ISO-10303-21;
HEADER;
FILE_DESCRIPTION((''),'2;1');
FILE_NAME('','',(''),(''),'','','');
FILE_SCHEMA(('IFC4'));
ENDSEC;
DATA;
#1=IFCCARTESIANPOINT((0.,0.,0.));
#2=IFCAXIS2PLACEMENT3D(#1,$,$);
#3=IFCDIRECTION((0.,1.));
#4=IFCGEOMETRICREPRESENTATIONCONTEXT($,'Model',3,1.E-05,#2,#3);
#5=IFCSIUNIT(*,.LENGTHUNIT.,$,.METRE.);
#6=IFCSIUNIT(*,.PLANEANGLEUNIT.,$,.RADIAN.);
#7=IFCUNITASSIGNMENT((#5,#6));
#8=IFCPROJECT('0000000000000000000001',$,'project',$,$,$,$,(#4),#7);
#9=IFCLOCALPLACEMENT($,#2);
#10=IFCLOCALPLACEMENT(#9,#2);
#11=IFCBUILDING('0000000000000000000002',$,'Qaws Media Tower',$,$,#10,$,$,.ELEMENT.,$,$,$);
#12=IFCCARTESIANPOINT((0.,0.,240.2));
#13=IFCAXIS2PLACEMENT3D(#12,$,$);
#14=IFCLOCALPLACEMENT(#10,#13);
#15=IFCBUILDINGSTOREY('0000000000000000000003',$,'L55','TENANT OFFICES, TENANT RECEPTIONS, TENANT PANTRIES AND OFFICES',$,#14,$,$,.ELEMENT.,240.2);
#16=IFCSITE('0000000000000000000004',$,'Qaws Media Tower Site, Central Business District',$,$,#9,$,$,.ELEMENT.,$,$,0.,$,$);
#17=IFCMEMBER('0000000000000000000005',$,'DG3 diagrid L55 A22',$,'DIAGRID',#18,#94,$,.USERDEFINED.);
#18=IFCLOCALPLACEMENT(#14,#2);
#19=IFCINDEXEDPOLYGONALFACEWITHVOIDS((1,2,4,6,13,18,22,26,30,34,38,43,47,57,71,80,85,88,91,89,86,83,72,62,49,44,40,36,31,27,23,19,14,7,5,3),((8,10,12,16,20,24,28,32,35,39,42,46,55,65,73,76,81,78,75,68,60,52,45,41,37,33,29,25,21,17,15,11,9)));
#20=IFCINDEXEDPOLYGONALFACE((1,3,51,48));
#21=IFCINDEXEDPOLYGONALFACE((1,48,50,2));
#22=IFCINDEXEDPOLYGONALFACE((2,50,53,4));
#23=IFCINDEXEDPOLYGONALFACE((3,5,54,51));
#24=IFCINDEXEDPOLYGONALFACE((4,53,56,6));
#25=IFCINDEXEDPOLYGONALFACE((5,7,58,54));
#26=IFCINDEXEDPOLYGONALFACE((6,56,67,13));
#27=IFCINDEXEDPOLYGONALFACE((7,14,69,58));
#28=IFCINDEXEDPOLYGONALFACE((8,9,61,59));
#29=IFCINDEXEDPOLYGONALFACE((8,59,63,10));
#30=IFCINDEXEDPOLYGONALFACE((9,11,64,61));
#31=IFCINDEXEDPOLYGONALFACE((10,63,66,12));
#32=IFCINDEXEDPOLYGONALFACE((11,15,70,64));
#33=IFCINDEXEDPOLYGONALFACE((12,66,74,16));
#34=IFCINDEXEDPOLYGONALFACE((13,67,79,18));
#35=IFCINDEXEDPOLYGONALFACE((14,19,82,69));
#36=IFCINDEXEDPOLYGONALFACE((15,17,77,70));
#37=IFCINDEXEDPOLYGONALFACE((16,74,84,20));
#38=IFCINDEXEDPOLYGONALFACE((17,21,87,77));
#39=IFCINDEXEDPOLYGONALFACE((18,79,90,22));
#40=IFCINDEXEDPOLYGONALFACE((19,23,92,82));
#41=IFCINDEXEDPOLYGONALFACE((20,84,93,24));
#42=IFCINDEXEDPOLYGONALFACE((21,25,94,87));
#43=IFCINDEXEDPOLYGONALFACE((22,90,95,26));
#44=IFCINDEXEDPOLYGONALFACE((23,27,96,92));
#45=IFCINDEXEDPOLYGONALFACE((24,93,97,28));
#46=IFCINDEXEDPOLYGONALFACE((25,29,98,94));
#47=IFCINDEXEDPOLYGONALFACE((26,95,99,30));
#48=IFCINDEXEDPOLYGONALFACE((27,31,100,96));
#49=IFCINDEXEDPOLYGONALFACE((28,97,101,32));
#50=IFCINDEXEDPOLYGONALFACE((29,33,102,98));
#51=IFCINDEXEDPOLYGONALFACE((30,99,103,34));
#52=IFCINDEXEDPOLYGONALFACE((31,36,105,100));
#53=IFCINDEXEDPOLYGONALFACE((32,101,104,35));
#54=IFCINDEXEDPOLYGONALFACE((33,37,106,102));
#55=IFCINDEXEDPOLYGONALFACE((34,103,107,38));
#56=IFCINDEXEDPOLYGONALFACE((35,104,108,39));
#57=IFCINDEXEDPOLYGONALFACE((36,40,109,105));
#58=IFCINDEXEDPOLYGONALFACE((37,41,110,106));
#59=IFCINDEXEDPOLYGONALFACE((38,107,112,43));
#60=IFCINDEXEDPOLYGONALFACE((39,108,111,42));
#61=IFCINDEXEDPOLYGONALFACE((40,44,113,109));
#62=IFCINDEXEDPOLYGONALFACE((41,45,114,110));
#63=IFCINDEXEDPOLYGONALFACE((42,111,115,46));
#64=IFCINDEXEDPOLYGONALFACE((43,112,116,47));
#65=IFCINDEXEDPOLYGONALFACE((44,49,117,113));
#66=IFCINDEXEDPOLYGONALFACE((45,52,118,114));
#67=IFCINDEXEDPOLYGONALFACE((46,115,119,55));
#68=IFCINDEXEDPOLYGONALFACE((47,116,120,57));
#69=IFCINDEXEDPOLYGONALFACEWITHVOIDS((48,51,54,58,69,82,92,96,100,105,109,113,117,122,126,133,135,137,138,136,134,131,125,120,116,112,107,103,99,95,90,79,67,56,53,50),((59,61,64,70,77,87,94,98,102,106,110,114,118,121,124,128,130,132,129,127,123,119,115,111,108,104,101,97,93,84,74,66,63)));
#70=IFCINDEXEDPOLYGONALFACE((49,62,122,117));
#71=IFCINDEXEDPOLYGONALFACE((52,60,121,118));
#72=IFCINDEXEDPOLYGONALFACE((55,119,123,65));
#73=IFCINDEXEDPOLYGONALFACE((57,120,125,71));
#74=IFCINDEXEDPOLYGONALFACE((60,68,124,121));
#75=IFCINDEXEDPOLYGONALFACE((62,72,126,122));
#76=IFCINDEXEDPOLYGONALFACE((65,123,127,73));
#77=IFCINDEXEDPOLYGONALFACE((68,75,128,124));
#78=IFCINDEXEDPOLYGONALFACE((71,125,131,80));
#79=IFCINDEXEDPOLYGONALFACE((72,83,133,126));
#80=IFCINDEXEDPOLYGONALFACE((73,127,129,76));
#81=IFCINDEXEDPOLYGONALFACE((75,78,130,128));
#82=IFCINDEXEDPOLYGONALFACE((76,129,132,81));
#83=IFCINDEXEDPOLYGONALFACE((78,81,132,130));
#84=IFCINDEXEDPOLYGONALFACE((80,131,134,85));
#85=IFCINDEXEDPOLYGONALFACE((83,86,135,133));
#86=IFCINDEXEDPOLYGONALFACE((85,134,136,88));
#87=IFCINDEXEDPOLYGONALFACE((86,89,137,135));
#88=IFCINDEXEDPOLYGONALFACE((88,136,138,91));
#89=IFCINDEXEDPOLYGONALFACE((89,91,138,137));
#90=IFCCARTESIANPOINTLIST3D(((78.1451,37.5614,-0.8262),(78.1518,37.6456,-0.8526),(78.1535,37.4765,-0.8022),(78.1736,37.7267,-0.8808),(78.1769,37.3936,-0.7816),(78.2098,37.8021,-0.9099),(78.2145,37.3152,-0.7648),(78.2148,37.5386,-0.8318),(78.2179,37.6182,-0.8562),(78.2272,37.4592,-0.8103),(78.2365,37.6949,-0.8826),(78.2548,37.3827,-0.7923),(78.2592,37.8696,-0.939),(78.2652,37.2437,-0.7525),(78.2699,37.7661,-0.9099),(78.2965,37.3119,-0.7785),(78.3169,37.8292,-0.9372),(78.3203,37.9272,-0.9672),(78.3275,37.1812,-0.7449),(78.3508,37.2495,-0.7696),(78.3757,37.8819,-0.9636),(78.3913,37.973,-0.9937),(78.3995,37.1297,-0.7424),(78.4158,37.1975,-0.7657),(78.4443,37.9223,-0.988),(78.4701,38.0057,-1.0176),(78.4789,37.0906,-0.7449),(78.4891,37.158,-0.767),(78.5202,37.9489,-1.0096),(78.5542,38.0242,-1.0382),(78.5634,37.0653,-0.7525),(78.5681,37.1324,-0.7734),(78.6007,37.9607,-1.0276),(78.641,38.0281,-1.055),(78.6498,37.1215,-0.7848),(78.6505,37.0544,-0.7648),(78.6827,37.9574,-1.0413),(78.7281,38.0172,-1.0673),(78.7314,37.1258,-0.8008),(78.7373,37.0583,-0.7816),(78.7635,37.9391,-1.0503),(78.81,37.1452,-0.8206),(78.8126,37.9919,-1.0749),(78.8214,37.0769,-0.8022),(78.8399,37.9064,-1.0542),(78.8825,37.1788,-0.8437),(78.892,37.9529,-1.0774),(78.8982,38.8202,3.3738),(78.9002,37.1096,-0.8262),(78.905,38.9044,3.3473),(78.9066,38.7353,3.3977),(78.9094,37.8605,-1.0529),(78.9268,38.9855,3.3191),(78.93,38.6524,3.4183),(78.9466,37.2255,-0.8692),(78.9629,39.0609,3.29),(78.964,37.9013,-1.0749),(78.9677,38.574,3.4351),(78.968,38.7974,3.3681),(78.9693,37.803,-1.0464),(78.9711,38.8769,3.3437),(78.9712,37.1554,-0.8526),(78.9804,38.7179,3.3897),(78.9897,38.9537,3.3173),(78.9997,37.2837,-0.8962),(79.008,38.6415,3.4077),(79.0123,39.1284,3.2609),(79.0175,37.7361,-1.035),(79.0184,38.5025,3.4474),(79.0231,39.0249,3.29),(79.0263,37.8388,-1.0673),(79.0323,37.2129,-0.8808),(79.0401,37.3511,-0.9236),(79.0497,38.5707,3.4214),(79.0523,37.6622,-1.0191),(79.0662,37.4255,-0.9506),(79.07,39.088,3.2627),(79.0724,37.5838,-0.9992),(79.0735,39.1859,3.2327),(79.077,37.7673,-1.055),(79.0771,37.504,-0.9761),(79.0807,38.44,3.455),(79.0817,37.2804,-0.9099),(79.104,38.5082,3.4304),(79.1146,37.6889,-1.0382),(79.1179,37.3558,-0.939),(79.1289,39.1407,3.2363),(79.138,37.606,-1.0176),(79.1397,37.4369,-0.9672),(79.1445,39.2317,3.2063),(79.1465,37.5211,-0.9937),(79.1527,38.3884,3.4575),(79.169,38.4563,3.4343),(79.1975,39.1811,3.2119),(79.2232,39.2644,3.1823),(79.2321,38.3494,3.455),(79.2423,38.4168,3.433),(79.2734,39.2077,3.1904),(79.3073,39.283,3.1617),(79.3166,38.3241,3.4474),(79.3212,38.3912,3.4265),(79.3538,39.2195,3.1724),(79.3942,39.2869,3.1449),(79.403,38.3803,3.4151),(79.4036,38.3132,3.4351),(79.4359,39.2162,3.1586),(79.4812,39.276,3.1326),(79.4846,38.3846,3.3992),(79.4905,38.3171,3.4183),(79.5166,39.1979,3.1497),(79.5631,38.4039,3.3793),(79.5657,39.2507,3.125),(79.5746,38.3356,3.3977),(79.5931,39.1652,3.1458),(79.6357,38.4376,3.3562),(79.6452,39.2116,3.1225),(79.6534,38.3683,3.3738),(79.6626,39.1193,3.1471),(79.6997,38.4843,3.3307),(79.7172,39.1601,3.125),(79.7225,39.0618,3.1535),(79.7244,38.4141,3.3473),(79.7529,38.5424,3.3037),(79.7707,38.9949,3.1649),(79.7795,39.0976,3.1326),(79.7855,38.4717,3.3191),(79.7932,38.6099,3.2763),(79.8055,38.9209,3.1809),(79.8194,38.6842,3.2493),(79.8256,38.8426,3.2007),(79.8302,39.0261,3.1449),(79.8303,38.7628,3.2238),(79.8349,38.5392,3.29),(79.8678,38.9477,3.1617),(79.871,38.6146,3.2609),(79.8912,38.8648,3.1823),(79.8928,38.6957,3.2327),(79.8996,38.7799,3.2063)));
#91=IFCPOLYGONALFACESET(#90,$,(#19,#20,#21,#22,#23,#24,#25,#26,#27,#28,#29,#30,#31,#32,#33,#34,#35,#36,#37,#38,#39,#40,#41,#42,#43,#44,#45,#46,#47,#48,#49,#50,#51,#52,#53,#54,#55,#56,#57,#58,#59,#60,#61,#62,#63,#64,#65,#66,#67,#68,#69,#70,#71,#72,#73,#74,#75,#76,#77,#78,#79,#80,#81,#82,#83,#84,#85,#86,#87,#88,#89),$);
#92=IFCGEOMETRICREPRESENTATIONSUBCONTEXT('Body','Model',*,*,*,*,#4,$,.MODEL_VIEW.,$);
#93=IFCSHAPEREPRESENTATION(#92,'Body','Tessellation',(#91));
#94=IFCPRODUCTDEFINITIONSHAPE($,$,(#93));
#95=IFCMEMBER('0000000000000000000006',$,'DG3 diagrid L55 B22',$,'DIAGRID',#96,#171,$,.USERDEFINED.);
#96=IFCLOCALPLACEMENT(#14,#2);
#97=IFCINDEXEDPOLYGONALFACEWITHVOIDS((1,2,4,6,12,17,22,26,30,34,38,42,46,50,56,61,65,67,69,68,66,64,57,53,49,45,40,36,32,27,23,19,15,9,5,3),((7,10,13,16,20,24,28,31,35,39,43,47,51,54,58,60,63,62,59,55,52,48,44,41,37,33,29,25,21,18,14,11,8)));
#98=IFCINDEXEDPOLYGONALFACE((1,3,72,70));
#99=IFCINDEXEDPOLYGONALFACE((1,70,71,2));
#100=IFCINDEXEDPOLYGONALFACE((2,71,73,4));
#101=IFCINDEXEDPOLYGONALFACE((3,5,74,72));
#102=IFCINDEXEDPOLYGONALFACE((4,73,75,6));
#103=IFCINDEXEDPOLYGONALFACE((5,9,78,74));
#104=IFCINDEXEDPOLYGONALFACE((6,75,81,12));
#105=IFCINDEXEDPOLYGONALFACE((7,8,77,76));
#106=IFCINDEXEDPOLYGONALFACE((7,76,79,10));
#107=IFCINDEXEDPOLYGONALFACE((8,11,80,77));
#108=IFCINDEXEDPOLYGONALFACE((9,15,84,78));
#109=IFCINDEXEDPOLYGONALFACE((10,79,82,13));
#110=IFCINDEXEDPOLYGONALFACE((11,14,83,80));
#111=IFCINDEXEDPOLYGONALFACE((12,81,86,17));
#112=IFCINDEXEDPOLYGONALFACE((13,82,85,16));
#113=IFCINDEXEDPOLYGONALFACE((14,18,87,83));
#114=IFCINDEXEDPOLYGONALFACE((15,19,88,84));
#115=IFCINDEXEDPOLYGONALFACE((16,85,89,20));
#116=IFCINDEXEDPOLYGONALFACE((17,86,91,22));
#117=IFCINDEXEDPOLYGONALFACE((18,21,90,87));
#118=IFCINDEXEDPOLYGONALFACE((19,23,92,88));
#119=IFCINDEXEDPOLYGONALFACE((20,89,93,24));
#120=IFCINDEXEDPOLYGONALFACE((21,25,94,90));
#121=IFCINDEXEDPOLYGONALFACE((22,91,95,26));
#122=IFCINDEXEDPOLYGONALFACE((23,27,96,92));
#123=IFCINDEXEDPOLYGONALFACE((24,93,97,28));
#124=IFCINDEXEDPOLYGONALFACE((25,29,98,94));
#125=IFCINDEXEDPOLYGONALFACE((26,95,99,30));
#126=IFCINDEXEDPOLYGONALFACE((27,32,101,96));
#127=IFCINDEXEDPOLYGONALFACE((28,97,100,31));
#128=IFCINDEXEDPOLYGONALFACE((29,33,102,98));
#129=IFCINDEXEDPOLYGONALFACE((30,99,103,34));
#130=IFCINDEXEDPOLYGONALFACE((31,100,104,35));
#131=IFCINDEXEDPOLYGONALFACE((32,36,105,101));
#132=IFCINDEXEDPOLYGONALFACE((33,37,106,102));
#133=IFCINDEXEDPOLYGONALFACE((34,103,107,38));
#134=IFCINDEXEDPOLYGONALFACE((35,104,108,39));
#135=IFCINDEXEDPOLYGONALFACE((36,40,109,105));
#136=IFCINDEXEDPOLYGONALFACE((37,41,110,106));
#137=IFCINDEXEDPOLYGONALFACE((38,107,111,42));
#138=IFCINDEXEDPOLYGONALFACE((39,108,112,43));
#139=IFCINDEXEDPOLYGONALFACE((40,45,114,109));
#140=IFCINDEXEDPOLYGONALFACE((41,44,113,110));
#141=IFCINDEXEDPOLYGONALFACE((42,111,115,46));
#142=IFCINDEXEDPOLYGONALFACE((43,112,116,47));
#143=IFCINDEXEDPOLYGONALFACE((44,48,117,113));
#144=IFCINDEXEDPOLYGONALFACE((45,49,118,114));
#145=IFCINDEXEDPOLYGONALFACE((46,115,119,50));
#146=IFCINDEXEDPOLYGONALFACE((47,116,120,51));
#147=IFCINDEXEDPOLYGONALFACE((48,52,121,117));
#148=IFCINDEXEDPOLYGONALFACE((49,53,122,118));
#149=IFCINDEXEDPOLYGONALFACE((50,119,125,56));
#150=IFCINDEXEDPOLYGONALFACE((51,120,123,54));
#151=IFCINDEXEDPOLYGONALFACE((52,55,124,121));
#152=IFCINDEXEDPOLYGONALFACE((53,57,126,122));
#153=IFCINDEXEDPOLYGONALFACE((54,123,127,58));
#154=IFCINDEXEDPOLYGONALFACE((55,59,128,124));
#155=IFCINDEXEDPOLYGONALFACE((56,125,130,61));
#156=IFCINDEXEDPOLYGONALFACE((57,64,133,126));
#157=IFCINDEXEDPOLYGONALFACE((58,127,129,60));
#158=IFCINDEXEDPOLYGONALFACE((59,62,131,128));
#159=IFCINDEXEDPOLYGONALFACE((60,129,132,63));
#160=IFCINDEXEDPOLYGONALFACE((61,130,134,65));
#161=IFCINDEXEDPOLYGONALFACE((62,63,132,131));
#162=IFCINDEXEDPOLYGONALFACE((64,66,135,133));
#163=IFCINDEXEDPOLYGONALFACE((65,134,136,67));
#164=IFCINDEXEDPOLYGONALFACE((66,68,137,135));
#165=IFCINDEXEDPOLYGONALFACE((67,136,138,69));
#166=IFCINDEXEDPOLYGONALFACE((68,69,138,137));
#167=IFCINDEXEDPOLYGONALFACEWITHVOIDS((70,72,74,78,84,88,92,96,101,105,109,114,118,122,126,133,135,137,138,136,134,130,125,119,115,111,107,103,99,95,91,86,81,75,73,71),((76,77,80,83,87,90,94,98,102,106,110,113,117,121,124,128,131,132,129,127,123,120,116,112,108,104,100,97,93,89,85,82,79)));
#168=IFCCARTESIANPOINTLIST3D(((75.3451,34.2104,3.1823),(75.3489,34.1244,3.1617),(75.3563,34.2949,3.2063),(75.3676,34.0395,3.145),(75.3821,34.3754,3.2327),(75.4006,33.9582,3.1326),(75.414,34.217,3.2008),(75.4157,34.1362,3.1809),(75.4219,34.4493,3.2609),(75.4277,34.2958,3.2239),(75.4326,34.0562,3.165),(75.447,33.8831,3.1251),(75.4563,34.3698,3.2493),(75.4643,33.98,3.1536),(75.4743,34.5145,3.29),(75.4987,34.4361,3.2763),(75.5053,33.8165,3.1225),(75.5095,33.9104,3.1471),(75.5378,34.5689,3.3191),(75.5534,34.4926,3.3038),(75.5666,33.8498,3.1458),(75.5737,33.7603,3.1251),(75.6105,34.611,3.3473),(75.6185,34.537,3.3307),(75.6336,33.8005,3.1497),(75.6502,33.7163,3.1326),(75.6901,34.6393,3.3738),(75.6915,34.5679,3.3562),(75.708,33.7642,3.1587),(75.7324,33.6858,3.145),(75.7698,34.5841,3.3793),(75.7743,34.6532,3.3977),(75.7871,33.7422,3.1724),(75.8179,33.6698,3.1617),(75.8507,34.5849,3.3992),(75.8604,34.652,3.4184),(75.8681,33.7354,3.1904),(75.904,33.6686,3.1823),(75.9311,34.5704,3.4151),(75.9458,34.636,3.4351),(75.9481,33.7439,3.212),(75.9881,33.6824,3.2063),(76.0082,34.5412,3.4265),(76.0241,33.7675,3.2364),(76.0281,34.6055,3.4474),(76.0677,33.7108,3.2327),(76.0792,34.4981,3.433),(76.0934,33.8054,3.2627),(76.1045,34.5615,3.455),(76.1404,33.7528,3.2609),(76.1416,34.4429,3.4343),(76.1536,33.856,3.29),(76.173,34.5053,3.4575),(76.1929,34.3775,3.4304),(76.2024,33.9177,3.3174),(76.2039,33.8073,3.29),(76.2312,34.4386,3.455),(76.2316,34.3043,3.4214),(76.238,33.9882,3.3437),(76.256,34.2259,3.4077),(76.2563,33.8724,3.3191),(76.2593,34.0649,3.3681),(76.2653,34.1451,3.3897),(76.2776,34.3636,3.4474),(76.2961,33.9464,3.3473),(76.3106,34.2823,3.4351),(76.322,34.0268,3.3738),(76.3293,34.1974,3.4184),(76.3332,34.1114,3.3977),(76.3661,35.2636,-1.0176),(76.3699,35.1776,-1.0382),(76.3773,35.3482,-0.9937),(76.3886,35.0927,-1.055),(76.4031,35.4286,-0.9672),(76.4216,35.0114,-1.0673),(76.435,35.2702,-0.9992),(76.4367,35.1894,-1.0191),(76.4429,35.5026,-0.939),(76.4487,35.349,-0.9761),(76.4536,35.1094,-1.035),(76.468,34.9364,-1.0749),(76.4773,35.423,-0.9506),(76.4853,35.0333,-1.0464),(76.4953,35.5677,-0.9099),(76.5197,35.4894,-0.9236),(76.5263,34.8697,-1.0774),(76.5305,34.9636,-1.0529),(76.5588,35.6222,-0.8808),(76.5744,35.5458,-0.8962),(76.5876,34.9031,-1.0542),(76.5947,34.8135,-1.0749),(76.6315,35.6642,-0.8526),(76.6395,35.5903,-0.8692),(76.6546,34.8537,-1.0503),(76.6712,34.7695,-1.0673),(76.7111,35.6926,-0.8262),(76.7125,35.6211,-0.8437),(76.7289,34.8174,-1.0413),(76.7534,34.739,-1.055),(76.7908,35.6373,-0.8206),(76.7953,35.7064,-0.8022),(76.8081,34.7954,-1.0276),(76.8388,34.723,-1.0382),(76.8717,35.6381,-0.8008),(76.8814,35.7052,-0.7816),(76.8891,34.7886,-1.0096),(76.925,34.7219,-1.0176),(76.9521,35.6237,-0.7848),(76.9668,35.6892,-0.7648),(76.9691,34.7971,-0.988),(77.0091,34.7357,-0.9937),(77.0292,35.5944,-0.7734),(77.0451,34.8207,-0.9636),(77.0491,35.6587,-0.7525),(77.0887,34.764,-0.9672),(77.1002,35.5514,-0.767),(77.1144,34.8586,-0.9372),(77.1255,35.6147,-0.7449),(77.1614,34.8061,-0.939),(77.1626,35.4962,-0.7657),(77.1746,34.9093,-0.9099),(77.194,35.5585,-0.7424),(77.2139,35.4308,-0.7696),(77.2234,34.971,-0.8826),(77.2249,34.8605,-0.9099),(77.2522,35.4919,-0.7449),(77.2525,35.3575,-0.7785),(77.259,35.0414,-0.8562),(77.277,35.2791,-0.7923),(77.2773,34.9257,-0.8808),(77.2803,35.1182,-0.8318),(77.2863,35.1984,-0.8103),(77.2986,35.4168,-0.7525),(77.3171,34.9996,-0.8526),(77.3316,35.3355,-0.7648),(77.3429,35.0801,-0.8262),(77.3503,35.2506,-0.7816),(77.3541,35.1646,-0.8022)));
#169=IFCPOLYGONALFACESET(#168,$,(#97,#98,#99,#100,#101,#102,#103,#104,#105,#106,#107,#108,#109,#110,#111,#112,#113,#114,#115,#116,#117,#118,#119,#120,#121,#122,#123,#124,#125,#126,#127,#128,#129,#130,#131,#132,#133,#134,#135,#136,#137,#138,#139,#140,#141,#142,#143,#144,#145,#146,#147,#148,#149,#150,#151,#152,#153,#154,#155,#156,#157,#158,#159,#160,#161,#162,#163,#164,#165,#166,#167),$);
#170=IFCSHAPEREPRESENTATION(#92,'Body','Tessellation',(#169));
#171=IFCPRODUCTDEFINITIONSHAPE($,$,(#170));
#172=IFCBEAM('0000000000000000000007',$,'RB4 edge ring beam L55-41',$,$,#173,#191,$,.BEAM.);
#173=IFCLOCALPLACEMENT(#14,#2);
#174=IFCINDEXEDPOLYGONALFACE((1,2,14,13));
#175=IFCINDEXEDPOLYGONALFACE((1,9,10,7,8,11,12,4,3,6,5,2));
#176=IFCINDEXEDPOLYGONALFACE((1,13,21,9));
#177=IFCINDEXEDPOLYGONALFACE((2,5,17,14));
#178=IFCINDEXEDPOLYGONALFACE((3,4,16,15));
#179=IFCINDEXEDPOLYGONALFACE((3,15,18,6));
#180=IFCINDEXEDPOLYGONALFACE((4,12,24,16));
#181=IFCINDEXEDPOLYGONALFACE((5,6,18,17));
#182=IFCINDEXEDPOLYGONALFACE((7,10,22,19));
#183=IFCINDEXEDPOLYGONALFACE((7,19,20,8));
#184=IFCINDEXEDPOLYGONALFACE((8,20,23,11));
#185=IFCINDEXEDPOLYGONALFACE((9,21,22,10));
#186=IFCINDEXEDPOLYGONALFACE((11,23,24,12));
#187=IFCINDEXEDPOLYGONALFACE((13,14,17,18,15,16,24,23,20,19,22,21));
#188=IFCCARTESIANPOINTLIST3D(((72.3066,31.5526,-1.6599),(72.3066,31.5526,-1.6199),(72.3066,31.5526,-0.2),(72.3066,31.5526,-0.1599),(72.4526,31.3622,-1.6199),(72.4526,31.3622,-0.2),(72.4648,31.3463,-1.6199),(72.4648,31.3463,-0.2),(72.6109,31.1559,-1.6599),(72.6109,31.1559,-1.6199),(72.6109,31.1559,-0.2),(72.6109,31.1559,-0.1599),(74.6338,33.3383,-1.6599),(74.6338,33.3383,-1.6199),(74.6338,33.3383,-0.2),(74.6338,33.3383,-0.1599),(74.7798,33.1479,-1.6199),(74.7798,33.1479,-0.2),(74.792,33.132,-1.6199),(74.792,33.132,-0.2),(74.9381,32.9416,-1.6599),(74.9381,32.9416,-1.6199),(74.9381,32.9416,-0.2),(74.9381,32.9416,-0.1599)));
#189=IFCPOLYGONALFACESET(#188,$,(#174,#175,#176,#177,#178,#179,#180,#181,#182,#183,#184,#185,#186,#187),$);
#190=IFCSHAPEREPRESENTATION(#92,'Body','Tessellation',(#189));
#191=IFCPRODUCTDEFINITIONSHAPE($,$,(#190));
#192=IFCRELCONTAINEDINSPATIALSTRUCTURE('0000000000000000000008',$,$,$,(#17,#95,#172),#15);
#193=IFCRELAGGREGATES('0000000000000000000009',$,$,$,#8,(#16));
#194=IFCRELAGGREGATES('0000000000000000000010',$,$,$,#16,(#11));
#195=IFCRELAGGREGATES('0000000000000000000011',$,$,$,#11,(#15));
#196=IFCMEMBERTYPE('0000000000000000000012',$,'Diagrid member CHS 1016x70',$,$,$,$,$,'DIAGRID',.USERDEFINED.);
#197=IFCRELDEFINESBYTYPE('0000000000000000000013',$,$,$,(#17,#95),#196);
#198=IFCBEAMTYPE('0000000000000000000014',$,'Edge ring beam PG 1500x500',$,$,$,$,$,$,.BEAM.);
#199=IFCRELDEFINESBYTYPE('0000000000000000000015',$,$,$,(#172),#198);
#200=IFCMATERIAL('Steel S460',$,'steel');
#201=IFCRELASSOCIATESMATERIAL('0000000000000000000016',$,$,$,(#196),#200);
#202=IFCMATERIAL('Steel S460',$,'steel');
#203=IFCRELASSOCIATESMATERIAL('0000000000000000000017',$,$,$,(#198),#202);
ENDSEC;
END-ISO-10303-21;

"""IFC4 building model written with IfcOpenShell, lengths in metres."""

from ifc_helpers import new_model, si_unit, direction, frame, origin, origin_2d, place, context, subcontext, project, spatial, hollow_circle, i_section, extrude, material, material_profile, profile_set, type_object, element, save


model = new_model("IFC4")

# Units and contexts
model_context = context("Model", 3, precision=1e-05, world=origin(), true_north=direction((0.0, 1.0)))
body_context = subcontext(model_context, "Body", "Model", "MODEL_VIEW")
ifc_project = project(units=[si_unit("LENGTHUNIT", "METRE"), si_unit("PLANEANGLEUNIT", "RADIAN")], contexts=[model_context])

# Site, building, storey
site_placement = place(None, origin())
site = spatial("IfcSite", under=ifc_project, at=site_placement, Name="Qaws Media Tower Site, Central Business District", CompositionType="ELEMENT", RefElevation=0.0)
building_placement = place(site_placement, origin())
building = spatial("IfcBuilding", under=site, at=building_placement, Name="Qaws Media Tower", CompositionType="ELEMENT")
storey_placement = place(building_placement, frame((0.0, 0.0, 240.2)))
storey = spatial("IfcBuildingStorey", under=building, at=storey_placement, Name="L55", Description="TENANT OFFICES, TENANT RECEPTIONS, TENANT PANTRIES AND OFFICES", CompositionType="ELEMENT", Elevation=240.2)

# Members
ifc_material_1 = material(Name="Steel S460", Category="steel")
ifc_material_profile_1 = material_profile(ifc_material_1, hollow_circle(Radius=0.5081, WallThickness=0.0701, at=origin_2d()), Name="CHS 1016x70")
ifc_profile_set_1 = profile_set([ifc_material_profile_1], Name="Steel S460")
member_type_1 = type_object("IfcMemberType", Name="Diagrid member CHS 1016x70", ElementType="DIAGRID", PredefinedType="USERDEFINED", material=ifc_profile_set_1)
for number, where, z_axis, x_axis, name in (
    (1, (78.6458, 37.5413, -0.9099), (0.1693, 0.282953, 0.944074), (-0.858124, 0.513443, 0.0), "DG3 diagrid L55 A22"),
    (2, (76.8601, 35.2141, -0.9099), (-0.229502, -0.236746, 0.944076), (0.718006, -0.696037, 0.0), "DG3 diagrid L55 B22"),
):
    element("IfcMember", number, at=place(storey_placement, frame(where, z_axis=z_axis, x_axis=x_axis)), inside=storey, type_object=member_type_1, Name=name, ObjectType="DIAGRID", PredefinedType="USERDEFINED", context=body_context, shape_type="SweptSolid", body=[
        extrude(hollow_circle(Radius=0.5081, WallThickness=0.0701, at=origin_2d()), origin(), (0.0, 0.0, 1.0), 4.4487),
    ])

# Beam
ifc_material_2 = material(Name="Steel S460", Category="steel")
ifc_material_profile_2 = material_profile(ifc_material_2, i_section(OverallWidth=0.5, OverallDepth=1.5, WebThickness=0.02, FlangeThickness=0.04, at=origin_2d()), Name="PG 1500x500")
ifc_profile_set_2 = profile_set([ifc_material_profile_2], Name="Steel S460")
beam_type = type_object("IfcBeamType", Name="Edge ring beam PG 1500x500", PredefinedType="BEAM", material=ifc_profile_set_2)
for number, where, z_axis, x_axis, name in (
    (3, (72.4587, 31.3542, -0.9099), (0.79336, 0.608753, 0.0), (-0.608753, 0.79336, 0.0), "RB4 edge ring beam L55-41"),
):
    element("IfcBeam", number, at=place(storey_placement, frame(where, z_axis=z_axis, x_axis=x_axis)), inside=storey, type_object=beam_type, Name=name, PredefinedType="BEAM", context=body_context, shape_type="SweptSolid", body=[
        extrude(i_section(OverallWidth=0.5, OverallDepth=1.5, WebThickness=0.02, FlangeThickness=0.04, at=origin_2d()), origin(), (0.0, 0.0, 1.0), 2.9333),
    ])

save(model, "model.ifc")
